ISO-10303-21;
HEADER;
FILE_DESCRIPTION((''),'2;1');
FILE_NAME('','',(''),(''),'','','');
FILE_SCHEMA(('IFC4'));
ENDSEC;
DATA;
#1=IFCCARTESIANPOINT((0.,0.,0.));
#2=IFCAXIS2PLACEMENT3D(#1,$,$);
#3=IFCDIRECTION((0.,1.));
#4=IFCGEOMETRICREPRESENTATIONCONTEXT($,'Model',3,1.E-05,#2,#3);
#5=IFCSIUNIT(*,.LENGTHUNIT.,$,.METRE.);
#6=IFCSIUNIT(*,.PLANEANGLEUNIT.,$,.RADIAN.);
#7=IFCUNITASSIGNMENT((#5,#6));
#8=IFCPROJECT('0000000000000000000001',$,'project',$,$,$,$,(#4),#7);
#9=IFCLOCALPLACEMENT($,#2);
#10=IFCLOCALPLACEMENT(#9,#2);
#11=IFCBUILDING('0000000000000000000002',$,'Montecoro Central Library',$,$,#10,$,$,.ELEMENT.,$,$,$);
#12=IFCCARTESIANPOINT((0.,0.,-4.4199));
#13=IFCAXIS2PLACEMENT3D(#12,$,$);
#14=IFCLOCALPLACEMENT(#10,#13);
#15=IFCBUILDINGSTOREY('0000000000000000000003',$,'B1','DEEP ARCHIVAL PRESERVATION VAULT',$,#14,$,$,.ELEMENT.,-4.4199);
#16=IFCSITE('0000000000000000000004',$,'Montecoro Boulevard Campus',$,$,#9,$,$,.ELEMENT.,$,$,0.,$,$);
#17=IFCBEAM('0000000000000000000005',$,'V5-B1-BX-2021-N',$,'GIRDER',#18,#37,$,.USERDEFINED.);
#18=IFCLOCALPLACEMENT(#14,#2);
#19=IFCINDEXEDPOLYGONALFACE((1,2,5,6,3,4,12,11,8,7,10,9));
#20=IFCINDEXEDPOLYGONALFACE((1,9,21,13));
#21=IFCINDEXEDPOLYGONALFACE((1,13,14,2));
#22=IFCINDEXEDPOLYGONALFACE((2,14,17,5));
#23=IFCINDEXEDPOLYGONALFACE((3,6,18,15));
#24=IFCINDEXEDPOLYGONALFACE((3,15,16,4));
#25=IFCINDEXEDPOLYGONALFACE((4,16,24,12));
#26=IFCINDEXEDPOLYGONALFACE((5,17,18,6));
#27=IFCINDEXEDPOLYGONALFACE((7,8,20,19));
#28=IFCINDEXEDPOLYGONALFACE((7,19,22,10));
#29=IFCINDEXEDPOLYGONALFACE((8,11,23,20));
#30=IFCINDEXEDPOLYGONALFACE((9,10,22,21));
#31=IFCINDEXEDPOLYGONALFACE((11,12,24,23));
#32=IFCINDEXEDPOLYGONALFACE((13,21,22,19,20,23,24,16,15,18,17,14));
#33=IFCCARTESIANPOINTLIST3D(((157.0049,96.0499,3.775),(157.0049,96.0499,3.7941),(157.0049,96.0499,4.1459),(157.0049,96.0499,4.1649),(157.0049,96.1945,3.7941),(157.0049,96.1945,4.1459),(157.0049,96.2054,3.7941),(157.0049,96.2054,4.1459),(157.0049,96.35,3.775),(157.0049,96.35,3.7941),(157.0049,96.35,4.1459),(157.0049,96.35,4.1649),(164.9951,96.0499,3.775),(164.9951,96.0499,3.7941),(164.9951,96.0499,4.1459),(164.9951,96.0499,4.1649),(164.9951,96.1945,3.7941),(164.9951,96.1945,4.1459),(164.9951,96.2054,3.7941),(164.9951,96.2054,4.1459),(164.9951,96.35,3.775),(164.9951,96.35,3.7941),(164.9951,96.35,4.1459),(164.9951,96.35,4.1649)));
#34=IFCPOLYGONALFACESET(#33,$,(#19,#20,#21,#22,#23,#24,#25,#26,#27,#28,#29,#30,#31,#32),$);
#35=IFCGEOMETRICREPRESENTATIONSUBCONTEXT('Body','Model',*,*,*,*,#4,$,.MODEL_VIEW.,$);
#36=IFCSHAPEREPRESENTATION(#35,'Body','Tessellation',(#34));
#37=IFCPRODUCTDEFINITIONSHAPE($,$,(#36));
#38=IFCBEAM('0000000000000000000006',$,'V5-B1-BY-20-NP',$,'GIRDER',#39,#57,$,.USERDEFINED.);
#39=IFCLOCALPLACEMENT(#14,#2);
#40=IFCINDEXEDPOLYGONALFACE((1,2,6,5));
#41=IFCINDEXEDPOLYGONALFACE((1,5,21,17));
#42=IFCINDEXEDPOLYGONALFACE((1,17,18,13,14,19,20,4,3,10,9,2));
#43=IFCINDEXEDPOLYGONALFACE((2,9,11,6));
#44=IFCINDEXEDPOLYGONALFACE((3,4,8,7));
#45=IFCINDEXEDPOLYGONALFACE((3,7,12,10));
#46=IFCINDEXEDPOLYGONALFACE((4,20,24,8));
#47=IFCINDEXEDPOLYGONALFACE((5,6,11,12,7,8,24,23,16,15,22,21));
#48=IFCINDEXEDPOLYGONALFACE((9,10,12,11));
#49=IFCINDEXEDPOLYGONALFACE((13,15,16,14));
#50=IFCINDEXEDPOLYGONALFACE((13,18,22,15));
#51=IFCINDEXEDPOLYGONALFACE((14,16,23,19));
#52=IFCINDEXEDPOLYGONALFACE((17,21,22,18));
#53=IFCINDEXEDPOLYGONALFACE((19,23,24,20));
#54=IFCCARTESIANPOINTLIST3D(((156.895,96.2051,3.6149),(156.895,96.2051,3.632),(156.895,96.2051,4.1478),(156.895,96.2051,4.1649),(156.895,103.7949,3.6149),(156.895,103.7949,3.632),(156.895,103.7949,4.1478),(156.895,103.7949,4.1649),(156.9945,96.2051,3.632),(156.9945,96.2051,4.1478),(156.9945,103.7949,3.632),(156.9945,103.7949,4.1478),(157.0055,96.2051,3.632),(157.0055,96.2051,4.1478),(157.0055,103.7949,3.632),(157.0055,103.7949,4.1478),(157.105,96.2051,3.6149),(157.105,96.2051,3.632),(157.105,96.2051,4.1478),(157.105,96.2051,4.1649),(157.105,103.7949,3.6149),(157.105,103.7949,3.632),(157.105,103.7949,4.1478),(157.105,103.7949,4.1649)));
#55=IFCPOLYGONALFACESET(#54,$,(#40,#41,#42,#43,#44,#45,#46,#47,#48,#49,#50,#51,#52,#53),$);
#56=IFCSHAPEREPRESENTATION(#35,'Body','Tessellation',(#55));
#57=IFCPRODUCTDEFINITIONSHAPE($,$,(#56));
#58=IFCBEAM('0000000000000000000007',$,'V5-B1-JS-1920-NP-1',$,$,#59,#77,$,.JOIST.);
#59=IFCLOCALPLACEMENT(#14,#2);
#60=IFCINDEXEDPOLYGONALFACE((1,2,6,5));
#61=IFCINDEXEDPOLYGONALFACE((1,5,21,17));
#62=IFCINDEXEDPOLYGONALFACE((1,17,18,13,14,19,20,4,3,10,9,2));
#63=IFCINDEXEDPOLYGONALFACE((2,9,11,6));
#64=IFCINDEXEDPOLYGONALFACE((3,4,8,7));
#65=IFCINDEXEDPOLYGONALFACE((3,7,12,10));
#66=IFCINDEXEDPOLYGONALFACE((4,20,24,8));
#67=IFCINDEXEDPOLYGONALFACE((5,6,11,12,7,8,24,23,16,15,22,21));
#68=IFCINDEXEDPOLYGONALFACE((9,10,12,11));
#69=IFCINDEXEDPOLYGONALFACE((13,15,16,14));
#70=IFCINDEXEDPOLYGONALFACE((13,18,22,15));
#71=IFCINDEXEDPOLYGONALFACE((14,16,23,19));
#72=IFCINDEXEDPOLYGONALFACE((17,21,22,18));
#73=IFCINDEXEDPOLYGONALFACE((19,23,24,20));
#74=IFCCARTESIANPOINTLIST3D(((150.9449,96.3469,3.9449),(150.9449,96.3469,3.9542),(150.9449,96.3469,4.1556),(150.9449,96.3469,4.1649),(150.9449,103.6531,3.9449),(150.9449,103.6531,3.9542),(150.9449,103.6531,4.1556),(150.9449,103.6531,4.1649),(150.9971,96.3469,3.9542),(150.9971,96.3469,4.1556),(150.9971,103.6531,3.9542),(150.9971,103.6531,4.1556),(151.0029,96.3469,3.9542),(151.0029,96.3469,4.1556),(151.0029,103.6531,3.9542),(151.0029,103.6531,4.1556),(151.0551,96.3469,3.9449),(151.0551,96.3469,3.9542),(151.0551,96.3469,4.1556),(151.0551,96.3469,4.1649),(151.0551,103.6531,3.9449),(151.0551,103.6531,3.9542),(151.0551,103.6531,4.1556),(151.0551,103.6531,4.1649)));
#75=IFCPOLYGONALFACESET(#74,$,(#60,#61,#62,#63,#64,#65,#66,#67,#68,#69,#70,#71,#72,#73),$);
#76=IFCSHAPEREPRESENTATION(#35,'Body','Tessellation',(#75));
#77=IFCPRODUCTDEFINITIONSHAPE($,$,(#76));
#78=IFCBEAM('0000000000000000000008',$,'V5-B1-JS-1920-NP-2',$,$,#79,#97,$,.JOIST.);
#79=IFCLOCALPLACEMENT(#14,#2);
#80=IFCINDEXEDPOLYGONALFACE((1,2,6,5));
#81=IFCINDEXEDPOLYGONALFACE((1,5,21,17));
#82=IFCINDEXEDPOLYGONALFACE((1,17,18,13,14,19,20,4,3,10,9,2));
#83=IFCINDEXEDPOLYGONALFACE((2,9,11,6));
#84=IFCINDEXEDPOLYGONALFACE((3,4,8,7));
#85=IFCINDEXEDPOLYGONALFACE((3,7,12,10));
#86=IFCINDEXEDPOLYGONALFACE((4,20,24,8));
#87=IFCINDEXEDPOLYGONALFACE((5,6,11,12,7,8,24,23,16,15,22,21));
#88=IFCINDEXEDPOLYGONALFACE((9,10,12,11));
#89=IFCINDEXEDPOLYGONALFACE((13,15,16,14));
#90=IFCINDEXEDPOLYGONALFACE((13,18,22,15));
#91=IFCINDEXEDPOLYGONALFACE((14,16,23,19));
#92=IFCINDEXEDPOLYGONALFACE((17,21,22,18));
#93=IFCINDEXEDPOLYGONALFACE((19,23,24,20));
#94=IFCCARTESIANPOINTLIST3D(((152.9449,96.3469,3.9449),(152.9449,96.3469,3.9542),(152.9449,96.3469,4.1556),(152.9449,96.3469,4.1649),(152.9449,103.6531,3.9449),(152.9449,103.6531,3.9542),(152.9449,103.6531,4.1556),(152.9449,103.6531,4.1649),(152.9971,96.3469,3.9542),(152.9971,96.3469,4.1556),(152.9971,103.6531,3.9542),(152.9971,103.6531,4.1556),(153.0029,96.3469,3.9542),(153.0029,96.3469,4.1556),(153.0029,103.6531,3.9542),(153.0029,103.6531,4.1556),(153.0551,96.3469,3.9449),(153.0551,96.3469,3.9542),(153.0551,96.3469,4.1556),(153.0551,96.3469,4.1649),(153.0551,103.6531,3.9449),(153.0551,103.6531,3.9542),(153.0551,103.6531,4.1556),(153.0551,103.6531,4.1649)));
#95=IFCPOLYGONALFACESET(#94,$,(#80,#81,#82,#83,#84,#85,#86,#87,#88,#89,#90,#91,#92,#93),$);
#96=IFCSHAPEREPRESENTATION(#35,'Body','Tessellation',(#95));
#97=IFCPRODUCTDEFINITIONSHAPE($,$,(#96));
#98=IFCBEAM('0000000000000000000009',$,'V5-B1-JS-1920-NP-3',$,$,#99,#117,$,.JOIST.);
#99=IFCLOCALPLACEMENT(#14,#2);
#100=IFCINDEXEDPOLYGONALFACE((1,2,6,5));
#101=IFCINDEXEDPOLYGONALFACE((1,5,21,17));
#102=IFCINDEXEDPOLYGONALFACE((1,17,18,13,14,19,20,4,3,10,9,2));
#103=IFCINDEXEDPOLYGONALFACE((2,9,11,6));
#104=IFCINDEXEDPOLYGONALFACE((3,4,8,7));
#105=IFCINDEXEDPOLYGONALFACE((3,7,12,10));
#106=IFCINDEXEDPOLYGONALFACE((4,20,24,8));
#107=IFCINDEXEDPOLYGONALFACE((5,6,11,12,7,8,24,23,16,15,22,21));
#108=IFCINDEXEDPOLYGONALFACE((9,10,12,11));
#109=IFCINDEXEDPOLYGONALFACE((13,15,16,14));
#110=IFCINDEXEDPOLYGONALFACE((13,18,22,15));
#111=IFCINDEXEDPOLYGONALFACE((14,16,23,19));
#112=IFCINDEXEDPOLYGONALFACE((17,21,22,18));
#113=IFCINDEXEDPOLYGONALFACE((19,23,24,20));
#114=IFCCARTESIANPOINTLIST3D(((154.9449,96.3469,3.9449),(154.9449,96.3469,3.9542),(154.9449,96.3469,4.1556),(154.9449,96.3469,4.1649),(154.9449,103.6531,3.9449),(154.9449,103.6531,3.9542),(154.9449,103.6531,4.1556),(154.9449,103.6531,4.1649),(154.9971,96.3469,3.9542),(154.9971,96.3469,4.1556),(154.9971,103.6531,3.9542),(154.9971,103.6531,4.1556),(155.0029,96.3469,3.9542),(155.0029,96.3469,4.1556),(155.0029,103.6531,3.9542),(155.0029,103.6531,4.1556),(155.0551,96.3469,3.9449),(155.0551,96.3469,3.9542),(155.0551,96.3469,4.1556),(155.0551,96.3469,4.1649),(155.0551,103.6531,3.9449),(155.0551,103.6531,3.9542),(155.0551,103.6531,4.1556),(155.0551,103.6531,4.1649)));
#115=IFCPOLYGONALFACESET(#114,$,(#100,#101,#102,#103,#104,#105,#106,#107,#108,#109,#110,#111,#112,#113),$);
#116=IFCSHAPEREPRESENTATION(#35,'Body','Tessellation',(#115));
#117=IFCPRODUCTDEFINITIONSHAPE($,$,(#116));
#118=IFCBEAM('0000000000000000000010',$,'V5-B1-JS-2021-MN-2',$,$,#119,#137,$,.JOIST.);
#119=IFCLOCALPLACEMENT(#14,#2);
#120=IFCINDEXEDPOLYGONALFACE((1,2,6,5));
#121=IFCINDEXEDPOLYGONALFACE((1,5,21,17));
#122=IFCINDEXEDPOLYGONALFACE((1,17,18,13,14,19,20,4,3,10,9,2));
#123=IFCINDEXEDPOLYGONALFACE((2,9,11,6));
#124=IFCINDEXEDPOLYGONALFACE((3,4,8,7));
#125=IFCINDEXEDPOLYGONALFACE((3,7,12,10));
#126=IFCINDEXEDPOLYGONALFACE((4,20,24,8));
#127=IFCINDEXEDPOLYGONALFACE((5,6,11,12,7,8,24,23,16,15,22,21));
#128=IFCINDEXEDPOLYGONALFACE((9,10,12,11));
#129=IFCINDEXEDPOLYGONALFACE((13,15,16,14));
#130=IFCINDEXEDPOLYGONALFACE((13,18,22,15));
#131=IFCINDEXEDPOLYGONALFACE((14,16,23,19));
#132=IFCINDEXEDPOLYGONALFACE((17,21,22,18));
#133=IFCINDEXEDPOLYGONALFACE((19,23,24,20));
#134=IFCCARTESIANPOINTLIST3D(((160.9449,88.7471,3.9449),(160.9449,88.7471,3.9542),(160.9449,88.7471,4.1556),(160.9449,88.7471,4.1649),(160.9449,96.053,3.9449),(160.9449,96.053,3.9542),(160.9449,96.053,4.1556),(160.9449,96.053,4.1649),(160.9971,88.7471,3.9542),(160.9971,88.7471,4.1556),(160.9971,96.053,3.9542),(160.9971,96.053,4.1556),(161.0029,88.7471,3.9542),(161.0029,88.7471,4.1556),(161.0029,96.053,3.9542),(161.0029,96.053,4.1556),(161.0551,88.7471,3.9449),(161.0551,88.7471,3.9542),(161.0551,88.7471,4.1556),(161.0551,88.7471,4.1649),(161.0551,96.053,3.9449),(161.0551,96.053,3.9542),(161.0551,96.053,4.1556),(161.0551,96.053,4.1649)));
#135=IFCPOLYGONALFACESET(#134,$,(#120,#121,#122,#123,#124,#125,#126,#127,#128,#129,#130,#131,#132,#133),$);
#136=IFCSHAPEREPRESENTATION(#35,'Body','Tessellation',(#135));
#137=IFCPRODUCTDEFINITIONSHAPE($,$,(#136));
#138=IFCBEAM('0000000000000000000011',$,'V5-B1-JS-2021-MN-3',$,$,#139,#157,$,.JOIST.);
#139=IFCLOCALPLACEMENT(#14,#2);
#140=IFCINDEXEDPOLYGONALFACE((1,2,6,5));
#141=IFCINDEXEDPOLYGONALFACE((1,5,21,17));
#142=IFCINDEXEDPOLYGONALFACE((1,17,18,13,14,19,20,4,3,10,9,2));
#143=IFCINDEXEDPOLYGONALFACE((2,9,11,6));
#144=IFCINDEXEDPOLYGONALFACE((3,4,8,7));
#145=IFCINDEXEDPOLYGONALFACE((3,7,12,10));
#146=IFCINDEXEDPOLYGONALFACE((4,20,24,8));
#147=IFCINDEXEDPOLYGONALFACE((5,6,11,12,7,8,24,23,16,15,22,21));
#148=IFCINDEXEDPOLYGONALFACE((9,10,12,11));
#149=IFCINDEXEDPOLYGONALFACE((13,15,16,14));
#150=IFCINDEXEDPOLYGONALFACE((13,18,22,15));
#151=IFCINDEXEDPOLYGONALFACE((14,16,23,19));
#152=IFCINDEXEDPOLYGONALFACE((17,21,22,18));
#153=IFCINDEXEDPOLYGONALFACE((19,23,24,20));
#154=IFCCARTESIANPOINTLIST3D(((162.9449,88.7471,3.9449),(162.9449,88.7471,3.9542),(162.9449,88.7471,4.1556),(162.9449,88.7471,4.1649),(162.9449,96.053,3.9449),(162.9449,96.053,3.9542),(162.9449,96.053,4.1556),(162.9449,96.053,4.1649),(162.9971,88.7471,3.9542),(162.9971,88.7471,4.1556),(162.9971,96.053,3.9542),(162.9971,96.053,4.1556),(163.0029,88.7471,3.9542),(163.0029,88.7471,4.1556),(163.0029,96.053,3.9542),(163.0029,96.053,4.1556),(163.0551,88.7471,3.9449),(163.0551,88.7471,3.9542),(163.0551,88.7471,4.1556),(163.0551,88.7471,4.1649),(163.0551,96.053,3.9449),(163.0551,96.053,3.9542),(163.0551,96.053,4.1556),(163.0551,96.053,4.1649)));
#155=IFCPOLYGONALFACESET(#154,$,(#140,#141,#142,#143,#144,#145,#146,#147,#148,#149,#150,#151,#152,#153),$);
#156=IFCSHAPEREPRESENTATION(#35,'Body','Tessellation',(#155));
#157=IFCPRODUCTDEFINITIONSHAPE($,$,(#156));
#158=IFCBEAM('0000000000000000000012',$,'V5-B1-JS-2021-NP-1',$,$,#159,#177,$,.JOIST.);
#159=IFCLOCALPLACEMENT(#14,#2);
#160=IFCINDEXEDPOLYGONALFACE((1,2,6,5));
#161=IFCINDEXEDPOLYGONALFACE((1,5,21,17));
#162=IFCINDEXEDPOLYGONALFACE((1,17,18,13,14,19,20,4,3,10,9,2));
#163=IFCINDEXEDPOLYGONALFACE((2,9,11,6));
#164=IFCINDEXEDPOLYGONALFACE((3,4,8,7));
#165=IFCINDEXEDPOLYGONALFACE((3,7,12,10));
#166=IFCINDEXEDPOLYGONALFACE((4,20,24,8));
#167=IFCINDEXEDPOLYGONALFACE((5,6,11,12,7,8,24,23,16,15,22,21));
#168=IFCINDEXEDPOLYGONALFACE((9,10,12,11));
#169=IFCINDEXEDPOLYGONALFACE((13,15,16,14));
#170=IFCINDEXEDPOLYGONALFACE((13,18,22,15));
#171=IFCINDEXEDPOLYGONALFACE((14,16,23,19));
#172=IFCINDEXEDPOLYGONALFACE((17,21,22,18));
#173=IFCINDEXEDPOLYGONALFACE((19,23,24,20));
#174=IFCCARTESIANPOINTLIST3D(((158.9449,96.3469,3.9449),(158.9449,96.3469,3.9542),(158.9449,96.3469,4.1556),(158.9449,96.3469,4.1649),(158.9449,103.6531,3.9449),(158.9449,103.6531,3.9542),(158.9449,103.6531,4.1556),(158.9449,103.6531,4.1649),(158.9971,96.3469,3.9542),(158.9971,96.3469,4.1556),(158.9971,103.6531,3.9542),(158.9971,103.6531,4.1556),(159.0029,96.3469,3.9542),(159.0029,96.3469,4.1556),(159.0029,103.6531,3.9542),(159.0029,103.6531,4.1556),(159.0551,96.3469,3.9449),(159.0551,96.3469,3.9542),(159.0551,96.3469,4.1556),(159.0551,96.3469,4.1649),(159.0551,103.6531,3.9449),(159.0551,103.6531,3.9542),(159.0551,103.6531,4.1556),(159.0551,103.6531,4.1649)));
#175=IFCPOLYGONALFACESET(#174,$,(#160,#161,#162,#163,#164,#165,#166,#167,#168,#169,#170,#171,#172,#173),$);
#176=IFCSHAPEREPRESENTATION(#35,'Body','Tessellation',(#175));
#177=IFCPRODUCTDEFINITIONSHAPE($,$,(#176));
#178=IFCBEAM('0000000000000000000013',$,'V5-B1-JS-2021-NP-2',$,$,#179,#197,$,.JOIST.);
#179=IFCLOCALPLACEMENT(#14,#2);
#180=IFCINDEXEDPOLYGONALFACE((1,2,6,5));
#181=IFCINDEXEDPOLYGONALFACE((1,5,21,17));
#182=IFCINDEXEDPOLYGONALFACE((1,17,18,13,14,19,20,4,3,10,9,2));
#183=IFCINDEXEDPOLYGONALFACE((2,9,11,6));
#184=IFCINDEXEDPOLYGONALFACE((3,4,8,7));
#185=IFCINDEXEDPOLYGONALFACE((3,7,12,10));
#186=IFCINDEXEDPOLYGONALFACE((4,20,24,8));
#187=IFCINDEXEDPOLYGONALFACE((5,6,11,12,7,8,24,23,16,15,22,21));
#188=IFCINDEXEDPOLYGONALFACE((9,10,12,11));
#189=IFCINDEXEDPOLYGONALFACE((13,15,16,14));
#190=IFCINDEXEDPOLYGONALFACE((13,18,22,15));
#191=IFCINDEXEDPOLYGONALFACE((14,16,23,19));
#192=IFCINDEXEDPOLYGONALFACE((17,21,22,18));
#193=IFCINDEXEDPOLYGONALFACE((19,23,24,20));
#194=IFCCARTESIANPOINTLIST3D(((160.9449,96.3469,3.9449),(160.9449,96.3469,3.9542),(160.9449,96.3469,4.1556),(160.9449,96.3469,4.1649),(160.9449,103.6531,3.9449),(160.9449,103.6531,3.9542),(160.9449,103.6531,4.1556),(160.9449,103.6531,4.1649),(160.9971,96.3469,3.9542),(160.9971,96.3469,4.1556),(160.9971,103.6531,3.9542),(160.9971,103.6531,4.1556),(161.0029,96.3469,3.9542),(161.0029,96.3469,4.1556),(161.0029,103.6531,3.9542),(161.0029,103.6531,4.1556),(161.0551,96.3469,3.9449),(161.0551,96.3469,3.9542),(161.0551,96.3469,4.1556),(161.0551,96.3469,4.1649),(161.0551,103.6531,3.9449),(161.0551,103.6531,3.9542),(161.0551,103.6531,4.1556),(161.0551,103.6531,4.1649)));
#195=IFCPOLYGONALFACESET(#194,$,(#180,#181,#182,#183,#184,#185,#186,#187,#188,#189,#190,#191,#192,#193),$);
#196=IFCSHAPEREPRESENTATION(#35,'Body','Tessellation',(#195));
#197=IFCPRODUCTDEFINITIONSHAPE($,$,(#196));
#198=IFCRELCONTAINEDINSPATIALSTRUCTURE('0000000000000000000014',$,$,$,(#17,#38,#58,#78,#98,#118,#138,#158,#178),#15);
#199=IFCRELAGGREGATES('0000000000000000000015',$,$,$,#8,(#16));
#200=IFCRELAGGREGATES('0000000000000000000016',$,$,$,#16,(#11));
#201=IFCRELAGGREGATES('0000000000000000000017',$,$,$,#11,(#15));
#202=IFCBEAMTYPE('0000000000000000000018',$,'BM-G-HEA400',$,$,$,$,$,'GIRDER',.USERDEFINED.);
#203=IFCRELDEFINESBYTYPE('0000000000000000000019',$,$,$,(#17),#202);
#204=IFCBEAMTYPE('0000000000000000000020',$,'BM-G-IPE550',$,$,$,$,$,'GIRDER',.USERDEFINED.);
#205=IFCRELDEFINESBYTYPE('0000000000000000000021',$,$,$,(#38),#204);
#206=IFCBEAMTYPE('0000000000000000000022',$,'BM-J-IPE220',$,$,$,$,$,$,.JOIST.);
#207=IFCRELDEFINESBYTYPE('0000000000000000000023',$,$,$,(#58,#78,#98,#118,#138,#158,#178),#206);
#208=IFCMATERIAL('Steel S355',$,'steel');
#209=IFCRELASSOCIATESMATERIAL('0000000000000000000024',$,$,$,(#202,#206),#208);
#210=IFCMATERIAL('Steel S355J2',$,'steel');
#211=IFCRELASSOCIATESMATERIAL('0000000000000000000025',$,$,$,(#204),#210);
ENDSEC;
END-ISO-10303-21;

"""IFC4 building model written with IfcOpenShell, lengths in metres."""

from ifc_helpers import new_model, si_unit, direction, frame, origin, origin_2d, place, context, subcontext, project, spatial, i_section, extrude, material, material_profile, profile_set, type_object, element, save


model = new_model("IFC4")

# Units and contexts
model_context = context("Model", 3, precision=1e-05, world=origin(), true_north=direction((0.0, 1.0)))
body_context = subcontext(model_context, "Body", "Model", "MODEL_VIEW")
ifc_project = project(units=[si_unit("LENGTHUNIT", "METRE"), si_unit("PLANEANGLEUNIT", "RADIAN")], contexts=[model_context])

# Site, building, storey
site_placement = place(None, origin())
site = spatial("IfcSite", under=ifc_project, at=site_placement, Name="Montecoro Boulevard Campus", CompositionType="ELEMENT", RefElevation=0.0)
building_placement = place(site_placement, origin())
building = spatial("IfcBuilding", under=site, at=building_placement, Name="Montecoro Central Library", CompositionType="ELEMENT")
storey_placement = place(building_placement, frame((0.0, 0.0, -4.4199)))
storey = spatial("IfcBuildingStorey", under=building, at=storey_placement, Name="B1", Description="DEEP ARCHIVAL PRESERVATION VAULT", CompositionType="ELEMENT", Elevation=-4.4199)

# Shared definitions
ifc_material_1 = material(Name="Steel S355J2", Category="steel")

# Beams
ifc_material_2 = material(Name="Steel S355", Category="steel")
ifc_material_profile_1 = material_profile(ifc_material_2, i_section(OverallWidth=0.3, OverallDepth=0.3899, WebThickness=0.011, FlangeThickness=0.019, at=origin_2d()), Name="HEA 400")
ifc_profile_set_1 = profile_set([ifc_material_profile_1], Name="Steel S355")
beam_type_1 = type_object("IfcBeamType", Name="BM-G-HEA400", ElementType="GIRDER", PredefinedType="USERDEFINED", material=ifc_profile_set_1)
beam_1_placement = place(storey_placement, frame((157.0049, 96.2, 3.97), z_axis=(1.0, 0.0, 0.0), x_axis=(0.0, 1.0, 0.0)))
element("IfcBeam", 1, at=beam_1_placement, inside=storey, type_object=beam_type_1, Name="V5-B1-BX-2021-N", ObjectType="GIRDER", PredefinedType="USERDEFINED", context=body_context, shape_type="SweptSolid", body=[
    extrude(i_section(OverallWidth=0.3, OverallDepth=0.3899, WebThickness=0.011, FlangeThickness=0.019, at=origin_2d()), origin(), (0.0, 0.0, 1.0), 7.9902),
])
ifc_material_profile_2 = material_profile(ifc_material_1, i_section(OverallWidth=0.21, OverallDepth=0.55, WebThickness=0.011, FlangeThickness=0.0171, at=origin_2d()), Name="IPE 550")
ifc_profile_set_2 = profile_set([ifc_material_profile_2], Name="Steel S355J2")
beam_type_2 = type_object("IfcBeamType", Name="BM-G-IPE550", ElementType="GIRDER", PredefinedType="USERDEFINED", material=ifc_profile_set_2)
beam_2_placement = place(storey_placement, frame((157.0, 96.2051, 3.8899), z_axis=(0.0, 1.0, 0.0), x_axis=(-1.0, 0.0, 0.0)))
element("IfcBeam", 2, at=beam_2_placement, inside=storey, type_object=beam_type_2, Name="V5-B1-BY-20-NP", ObjectType="GIRDER", PredefinedType="USERDEFINED", context=body_context, shape_type="SweptSolid", body=[
    extrude(i_section(OverallWidth=0.21, OverallDepth=0.55, WebThickness=0.011, FlangeThickness=0.0171, at=origin_2d()), origin(), (0.0, 0.0, 1.0), 7.5898),
])
ifc_material_profile_3 = material_profile(ifc_material_2, i_section(OverallWidth=0.1101, OverallDepth=0.22, WebThickness=0.0059, FlangeThickness=0.0093, at=origin_2d()), Name="IPE 220")
ifc_profile_set_3 = profile_set([ifc_material_profile_3], Name="Steel S355")
beam_type_3 = type_object("IfcBeamType", Name="BM-J-IPE220", PredefinedType="JOIST", material=ifc_profile_set_3)
for number, where, z_axis, x_axis, name in (
    (3, (151.0, 96.3469, 4.0549), (0.0, 1.0, 0.0), (-1.0, 0.0, 0.0), "V5-B1-JS-1920-NP-1"),
    (4, (153.0, 96.3469, 4.0549), (0.0, 1.0, 0.0), (-1.0, 0.0, 0.0), "V5-B1-JS-1920-NP-2"),
    (5, (155.0, 96.3469, 4.0549), (0.0, 1.0, 0.0), (-1.0, 0.0, 0.0), "V5-B1-JS-1920-NP-3"),
):
    element("IfcBeam", number, at=place(storey_placement, frame(where, z_axis=z_axis, x_axis=x_axis)), inside=storey, type_object=beam_type_3, Name=name, PredefinedType="JOIST", context=body_context, shape_type="SweptSolid", body=[
        extrude(i_section(OverallWidth=0.1101, OverallDepth=0.22, WebThickness=0.0059, FlangeThickness=0.0093, at=origin_2d()), origin(), (0.0, 0.0, 1.0), 7.3062),
    ])
for number, where, z_axis, x_axis, name in (
    (6, (161.0, 88.7471, 4.0549), (0.0, 1.0, 0.0), (-1.0, 0.0, 0.0), "V5-B1-JS-2021-MN-2"),
    (7, (163.0, 88.7471, 4.0549), (0.0, 1.0, 0.0), (-1.0, 0.0, 0.0), "V5-B1-JS-2021-MN-3"),
):
    element("IfcBeam", number, at=place(storey_placement, frame(where, z_axis=z_axis, x_axis=x_axis)), inside=storey, type_object=beam_type_3, Name=name, PredefinedType="JOIST", context=body_context, shape_type="SweptSolid", body=[
        extrude(i_section(OverallWidth=0.1101, OverallDepth=0.22, WebThickness=0.0059, FlangeThickness=0.0093, at=origin_2d()), origin(), (0.0, 0.0, 1.0), 7.3059),
    ])
for number, where, z_axis, x_axis, name in (
    (8, (159.0, 96.3469, 4.0549), (0.0, 1.0, 0.0), (-1.0, 0.0, 0.0), "V5-B1-JS-2021-NP-1"),
    (9, (161.0, 96.3469, 4.0549), (0.0, 1.0, 0.0), (-1.0, 0.0, 0.0), "V5-B1-JS-2021-NP-2"),
):
    element("IfcBeam", number, at=place(storey_placement, frame(where, z_axis=z_axis, x_axis=x_axis)), inside=storey, type_object=beam_type_3, Name=name, PredefinedType="JOIST", context=body_context, shape_type="SweptSolid", body=[
        extrude(i_section(OverallWidth=0.1101, OverallDepth=0.22, WebThickness=0.0059, FlangeThickness=0.0093, at=origin_2d()), origin(), (0.0, 0.0, 1.0), 7.3062),
    ])

save(model, "model.ifc")
